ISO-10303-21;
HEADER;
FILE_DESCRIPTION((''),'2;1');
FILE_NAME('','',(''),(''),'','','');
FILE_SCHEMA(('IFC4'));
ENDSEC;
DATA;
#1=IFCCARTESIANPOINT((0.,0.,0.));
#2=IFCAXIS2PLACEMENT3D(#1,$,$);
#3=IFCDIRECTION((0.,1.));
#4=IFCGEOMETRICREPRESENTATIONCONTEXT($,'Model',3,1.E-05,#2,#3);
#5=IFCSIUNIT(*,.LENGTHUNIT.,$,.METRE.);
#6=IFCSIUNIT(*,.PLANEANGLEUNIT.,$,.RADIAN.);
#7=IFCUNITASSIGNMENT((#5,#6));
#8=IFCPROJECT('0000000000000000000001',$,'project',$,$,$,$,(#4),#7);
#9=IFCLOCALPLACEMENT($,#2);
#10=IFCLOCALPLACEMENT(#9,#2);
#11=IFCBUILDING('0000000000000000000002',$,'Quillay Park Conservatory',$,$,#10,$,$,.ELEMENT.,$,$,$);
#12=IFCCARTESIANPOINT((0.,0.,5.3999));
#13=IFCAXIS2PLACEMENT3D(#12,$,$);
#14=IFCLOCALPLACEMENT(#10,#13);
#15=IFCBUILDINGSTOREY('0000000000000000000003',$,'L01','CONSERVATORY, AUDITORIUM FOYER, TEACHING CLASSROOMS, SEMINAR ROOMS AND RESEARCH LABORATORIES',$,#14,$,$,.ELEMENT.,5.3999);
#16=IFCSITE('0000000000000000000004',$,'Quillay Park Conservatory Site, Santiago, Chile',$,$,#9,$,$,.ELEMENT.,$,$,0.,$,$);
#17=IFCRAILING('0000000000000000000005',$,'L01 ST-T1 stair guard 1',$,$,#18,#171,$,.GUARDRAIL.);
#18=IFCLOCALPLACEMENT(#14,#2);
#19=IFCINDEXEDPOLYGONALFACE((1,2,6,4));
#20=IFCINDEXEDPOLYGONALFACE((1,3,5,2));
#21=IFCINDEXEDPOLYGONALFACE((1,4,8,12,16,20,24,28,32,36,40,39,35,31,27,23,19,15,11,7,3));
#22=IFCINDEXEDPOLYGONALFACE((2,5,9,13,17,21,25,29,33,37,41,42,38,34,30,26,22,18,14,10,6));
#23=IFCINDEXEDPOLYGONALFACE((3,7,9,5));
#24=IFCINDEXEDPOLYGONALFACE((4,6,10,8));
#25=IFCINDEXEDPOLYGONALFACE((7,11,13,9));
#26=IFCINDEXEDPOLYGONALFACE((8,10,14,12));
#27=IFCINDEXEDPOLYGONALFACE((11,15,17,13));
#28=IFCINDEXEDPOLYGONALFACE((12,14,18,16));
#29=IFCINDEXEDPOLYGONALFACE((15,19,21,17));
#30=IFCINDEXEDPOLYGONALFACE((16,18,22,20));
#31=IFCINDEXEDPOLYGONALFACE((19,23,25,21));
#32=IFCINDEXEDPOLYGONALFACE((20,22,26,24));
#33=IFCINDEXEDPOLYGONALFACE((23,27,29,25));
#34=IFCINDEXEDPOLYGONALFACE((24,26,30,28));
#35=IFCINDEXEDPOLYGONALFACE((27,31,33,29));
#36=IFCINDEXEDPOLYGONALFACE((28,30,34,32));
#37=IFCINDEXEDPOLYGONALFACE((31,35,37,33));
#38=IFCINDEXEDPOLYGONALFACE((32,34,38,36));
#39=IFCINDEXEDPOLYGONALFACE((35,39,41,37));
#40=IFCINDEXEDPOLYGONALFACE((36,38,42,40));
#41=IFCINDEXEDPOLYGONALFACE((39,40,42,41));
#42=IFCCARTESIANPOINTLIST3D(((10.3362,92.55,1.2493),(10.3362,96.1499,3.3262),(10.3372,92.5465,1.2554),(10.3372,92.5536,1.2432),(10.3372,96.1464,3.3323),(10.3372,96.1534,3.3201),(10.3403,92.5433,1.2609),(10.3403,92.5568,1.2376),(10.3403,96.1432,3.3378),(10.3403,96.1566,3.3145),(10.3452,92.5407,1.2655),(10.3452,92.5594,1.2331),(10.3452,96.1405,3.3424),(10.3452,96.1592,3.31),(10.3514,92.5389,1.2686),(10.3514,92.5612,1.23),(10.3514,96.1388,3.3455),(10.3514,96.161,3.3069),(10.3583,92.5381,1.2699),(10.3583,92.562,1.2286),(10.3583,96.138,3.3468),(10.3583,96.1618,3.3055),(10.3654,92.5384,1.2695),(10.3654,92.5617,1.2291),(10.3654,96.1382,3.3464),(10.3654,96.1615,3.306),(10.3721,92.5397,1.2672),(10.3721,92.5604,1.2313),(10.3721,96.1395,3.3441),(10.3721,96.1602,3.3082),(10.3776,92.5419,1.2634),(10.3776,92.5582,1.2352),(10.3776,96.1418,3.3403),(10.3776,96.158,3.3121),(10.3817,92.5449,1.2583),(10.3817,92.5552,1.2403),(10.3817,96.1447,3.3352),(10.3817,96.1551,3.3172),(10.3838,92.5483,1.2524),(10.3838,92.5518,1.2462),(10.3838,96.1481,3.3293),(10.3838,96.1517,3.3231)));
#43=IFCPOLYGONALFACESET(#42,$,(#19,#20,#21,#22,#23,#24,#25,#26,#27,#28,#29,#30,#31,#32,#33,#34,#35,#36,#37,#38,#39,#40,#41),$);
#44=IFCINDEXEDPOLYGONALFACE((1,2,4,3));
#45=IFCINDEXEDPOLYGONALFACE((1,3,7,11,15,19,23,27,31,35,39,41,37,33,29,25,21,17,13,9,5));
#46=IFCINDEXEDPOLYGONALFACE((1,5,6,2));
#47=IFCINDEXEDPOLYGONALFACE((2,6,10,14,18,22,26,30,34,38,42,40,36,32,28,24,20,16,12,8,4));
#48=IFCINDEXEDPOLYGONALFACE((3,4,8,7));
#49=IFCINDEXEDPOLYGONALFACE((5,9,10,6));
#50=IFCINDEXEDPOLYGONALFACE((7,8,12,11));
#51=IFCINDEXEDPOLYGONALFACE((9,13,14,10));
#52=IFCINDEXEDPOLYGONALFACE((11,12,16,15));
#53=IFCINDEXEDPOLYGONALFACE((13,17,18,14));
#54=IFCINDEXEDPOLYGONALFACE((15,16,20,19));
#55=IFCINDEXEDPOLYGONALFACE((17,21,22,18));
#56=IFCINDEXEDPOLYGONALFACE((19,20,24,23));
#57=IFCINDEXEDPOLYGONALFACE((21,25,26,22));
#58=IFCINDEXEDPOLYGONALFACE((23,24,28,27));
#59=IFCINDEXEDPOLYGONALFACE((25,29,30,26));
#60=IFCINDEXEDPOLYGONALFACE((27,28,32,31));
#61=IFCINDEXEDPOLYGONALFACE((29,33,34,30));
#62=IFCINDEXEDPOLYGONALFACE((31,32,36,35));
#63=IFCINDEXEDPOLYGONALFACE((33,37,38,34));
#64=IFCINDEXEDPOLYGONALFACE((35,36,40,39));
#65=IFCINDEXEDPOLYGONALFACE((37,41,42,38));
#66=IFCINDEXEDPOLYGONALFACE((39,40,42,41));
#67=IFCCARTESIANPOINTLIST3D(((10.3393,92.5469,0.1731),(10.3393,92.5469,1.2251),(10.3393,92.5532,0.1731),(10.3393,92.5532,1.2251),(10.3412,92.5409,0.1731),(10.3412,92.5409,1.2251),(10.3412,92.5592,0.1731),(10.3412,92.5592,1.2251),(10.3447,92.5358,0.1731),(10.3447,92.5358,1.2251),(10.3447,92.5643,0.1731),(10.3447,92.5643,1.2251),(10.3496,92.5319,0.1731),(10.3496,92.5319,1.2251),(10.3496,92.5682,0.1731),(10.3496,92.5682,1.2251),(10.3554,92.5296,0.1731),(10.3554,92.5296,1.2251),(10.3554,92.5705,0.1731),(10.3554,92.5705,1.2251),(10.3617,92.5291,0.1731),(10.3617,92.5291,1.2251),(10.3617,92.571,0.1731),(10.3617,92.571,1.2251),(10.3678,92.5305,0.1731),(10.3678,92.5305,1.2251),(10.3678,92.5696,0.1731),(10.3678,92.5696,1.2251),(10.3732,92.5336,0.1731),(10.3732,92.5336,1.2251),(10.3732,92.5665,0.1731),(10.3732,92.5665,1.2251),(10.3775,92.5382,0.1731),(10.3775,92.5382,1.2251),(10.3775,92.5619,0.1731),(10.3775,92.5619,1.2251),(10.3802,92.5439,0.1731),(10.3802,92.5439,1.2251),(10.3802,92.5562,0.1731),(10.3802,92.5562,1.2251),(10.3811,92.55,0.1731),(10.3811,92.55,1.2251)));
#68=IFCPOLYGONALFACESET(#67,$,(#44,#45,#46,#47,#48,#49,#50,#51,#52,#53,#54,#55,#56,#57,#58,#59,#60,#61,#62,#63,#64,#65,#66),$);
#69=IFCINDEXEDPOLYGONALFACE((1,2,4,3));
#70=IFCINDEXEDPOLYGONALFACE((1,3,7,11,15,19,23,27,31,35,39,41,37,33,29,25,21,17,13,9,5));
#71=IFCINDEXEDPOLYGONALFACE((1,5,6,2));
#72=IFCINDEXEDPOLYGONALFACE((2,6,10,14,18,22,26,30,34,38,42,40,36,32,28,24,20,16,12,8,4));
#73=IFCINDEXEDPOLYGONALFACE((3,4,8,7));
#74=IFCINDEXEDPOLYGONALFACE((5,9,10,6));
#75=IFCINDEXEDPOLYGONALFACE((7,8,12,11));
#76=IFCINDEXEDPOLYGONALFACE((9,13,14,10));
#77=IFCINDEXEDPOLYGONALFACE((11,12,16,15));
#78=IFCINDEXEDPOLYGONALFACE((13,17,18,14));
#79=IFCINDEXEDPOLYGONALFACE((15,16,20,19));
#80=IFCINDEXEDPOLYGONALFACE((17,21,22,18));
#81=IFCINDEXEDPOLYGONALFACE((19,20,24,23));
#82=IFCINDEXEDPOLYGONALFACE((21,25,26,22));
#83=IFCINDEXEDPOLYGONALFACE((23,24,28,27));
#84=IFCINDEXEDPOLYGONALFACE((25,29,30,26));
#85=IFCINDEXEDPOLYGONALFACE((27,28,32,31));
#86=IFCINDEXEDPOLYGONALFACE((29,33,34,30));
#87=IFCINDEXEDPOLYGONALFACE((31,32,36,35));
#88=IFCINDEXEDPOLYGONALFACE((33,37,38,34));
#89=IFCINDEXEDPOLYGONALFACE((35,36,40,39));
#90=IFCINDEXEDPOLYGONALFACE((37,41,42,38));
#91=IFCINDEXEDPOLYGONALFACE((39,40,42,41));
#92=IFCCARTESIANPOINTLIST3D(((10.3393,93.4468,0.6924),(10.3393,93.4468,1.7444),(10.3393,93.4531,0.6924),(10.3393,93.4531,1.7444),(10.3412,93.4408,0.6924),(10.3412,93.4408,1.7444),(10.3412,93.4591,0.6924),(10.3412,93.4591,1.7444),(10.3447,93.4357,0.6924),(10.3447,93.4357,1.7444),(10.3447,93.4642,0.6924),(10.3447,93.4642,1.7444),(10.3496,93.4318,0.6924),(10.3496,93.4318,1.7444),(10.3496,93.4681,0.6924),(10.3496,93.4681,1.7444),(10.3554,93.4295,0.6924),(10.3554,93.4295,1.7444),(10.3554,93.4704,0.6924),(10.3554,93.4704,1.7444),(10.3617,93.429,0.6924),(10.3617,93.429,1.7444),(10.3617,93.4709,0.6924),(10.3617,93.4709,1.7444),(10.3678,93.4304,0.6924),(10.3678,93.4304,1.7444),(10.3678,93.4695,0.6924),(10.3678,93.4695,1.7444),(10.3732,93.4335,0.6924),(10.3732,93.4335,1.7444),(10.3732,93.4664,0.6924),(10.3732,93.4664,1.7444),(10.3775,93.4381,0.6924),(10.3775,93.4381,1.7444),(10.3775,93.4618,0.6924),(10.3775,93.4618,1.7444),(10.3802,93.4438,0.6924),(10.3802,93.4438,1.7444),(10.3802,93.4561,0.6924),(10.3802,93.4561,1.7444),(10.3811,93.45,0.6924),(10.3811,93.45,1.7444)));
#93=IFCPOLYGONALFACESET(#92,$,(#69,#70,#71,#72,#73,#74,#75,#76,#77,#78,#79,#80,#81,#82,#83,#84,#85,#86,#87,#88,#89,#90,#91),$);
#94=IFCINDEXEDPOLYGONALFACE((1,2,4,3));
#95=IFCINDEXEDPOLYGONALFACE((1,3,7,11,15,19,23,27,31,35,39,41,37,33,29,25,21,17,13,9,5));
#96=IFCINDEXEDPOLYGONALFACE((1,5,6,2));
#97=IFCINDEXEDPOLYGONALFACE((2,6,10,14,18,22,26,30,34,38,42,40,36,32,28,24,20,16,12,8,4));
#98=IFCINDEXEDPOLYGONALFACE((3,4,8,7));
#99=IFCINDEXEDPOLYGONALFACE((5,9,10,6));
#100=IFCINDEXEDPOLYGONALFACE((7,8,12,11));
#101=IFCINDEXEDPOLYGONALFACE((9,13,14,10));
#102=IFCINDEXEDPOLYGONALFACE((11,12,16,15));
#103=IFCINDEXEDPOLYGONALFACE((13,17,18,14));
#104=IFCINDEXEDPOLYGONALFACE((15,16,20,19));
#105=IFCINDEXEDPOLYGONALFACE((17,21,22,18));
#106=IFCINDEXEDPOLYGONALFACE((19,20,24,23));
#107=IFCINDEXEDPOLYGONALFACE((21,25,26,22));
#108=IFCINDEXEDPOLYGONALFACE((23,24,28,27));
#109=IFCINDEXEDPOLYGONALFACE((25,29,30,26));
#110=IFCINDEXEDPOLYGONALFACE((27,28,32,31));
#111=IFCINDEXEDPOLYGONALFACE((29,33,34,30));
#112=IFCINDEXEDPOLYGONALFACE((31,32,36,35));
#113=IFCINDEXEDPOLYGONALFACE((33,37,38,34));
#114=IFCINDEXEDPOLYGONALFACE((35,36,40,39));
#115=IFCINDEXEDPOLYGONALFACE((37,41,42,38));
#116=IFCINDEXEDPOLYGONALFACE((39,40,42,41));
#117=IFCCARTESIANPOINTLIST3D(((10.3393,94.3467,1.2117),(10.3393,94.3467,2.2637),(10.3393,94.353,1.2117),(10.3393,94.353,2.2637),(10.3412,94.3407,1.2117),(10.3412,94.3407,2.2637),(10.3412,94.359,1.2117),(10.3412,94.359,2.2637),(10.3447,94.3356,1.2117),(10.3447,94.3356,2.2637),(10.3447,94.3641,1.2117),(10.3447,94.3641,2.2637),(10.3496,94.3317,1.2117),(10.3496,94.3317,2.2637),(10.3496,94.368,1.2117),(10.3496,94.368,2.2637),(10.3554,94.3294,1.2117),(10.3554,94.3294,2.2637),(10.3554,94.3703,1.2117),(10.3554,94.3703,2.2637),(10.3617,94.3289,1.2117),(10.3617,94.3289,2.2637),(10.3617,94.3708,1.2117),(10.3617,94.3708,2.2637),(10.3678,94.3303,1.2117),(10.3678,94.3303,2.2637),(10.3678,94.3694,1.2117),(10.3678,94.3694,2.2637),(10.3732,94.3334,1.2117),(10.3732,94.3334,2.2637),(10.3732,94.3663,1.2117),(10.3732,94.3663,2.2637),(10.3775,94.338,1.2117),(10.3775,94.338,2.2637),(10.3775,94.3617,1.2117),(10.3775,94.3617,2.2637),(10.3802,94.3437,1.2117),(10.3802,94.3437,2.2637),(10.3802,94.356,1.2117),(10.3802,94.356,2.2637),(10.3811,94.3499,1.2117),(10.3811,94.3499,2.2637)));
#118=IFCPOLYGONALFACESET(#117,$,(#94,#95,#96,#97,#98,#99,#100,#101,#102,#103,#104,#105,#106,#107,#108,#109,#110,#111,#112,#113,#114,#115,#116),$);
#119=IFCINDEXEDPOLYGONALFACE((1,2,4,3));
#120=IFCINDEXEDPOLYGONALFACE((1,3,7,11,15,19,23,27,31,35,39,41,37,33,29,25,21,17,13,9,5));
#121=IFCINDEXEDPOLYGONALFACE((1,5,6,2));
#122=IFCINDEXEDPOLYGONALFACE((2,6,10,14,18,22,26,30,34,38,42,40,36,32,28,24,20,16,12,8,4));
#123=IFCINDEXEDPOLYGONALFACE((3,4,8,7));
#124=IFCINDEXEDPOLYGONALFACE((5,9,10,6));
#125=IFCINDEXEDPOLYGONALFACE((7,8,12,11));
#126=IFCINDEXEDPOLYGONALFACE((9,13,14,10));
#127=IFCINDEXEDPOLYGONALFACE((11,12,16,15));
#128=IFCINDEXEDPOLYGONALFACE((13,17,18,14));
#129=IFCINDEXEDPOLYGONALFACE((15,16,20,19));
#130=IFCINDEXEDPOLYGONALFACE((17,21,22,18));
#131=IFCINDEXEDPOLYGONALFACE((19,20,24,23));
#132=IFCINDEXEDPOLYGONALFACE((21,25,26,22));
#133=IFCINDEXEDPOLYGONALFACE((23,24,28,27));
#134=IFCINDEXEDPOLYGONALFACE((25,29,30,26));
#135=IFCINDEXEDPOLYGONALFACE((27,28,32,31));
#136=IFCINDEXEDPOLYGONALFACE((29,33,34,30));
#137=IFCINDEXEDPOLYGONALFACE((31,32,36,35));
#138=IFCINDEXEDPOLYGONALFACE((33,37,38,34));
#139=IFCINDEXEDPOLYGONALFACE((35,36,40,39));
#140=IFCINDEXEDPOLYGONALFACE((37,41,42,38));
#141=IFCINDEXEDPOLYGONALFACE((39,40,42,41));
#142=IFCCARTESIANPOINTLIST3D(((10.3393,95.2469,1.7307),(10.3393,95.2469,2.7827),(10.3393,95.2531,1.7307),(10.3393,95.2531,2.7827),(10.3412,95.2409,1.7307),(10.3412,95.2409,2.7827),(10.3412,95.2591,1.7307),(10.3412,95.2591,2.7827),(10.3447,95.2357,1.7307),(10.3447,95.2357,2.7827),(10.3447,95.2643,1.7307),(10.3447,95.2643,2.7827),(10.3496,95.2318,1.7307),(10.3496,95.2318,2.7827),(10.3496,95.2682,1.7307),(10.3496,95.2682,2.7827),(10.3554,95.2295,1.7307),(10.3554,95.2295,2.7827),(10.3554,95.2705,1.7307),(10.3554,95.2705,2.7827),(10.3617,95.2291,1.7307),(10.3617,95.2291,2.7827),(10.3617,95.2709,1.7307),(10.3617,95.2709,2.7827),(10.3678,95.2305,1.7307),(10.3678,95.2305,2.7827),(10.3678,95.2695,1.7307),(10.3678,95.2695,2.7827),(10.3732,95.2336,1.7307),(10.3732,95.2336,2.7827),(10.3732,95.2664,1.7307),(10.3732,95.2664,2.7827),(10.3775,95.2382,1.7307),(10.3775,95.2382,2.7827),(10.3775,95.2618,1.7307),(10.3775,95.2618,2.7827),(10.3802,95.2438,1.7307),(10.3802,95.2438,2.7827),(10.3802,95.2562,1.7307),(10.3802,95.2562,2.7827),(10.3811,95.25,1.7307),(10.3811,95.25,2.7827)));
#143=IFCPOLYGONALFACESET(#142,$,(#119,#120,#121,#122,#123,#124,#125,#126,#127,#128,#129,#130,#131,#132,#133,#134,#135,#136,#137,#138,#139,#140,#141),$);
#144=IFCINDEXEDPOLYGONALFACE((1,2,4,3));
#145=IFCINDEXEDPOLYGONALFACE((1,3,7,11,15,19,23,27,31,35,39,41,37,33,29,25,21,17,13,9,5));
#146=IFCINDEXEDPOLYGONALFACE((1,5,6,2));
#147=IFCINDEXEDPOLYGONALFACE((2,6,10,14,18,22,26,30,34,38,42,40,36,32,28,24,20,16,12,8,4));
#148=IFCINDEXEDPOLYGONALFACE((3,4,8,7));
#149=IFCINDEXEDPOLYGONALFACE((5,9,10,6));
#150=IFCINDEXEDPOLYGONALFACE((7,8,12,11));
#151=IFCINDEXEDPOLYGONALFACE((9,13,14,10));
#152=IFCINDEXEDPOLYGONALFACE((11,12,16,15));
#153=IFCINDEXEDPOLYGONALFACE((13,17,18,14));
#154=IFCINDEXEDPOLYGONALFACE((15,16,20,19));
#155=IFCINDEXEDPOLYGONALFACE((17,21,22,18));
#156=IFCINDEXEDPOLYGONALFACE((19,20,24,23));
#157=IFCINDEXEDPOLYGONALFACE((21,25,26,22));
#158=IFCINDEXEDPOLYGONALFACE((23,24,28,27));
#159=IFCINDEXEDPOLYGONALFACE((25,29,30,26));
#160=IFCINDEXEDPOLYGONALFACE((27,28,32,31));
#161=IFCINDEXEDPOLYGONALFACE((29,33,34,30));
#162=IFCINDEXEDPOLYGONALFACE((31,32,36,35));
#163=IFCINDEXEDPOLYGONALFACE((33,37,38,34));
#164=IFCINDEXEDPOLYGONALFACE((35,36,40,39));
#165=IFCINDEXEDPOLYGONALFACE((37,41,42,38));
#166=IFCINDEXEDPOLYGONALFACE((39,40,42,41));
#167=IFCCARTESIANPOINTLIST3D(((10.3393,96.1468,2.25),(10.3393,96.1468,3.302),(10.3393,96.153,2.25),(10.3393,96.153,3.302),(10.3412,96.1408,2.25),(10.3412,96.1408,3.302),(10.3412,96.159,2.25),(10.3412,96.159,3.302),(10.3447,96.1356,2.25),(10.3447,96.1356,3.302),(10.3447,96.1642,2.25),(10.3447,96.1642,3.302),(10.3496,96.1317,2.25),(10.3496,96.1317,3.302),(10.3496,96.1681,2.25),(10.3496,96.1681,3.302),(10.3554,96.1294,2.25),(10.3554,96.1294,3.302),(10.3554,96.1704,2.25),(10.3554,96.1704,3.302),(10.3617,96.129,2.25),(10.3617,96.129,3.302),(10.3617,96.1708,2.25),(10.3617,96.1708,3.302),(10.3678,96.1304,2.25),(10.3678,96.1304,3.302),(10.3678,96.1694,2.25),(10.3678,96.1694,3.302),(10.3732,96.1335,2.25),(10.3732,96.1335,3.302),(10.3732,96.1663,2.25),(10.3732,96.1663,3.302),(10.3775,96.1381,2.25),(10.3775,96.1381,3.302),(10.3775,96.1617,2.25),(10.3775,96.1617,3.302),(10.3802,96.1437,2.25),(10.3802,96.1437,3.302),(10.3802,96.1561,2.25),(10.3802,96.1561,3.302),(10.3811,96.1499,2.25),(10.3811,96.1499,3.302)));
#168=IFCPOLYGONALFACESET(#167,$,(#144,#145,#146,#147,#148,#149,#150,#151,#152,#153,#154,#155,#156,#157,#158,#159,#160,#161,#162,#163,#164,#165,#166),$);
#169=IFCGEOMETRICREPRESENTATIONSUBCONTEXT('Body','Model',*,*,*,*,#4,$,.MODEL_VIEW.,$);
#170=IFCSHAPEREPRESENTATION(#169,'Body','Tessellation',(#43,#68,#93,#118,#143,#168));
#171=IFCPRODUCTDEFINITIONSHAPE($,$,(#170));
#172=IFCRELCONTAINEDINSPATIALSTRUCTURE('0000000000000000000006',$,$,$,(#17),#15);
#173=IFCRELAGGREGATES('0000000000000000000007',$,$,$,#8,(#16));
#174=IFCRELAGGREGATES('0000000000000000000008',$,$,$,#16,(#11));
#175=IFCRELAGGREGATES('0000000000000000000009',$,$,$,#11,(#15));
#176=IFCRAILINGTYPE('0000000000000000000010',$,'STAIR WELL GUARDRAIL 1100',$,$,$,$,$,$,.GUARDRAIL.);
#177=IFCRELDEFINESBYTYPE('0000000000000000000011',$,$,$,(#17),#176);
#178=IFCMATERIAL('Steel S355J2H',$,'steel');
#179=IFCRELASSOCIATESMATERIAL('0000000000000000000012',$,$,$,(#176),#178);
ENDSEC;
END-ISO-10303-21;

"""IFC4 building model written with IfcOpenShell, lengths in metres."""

from ifc_helpers import new_model, si_unit, direction, frame, origin, origin_2d, place, context, subcontext, project, spatial, circle, extrude, material, type_object, element, save


model = new_model("IFC4")

# Units and contexts
model_context = context("Model", 3, precision=1e-05, world=origin(), true_north=direction((0.0, 1.0)))
body_context = subcontext(model_context, "Body", "Model", "MODEL_VIEW")
ifc_project = project(units=[si_unit("LENGTHUNIT", "METRE"), si_unit("PLANEANGLEUNIT", "RADIAN")], contexts=[model_context])

# Site, building, storey
site_placement = place(None, origin())
site = spatial("IfcSite", under=ifc_project, at=site_placement, Name="Quillay Park Conservatory Site, Santiago, Chile", CompositionType="ELEMENT", RefElevation=0.0)
building_placement = place(site_placement, origin())
building = spatial("IfcBuilding", under=site, at=building_placement, Name="Quillay Park Conservatory", CompositionType="ELEMENT")
storey_placement = place(building_placement, frame((0.0, 0.0, 5.3999)))
storey = spatial("IfcBuildingStorey", under=building, at=storey_placement, Name="L01", Description="CONSERVATORY, AUDITORIUM FOYER, TEACHING CLASSROOMS, SEMINAR ROOMS AND RESEARCH LABORATORIES", CompositionType="ELEMENT", Elevation=5.3999)

# Railing
ifc_material_1 = material(Name="Steel S355J2H", Category="steel")
railing_type_1 = type_object("IfcRailingType", Name="STAIR WELL GUARDRAIL 1100", PredefinedType="GUARDRAIL", material=ifc_material_1)
railing_1_placement = place(storey_placement, frame((10.3601, 92.55, 0.1731)))
element("IfcRailing", 1, at=railing_1_placement, inside=storey, type_object=railing_type_1, Name="L01 ST-T1 stair guard 1", PredefinedType="GUARDRAIL", context=body_context, shape_type="SweptSolid", body=[
    extrude(circle(Radius=0.0239, at=origin_2d()), frame((0.0, 0.0, 1.0762), z_axis=(0.0, 0.866179, 0.499734), x_axis=(-1.0, 0.0, 0.0)), (0.0, 0.0, 1.0), 4.156),
    extrude(circle(Radius=0.021, at=origin_2d()), origin(), (0.0, 0.0, 1.0), 1.052),
    extrude(circle(Radius=0.021, at=origin_2d()), frame((0.0, 0.8999, 0.5193)), (0.0, 0.0, 1.0), 1.052),
    extrude(circle(Radius=0.021, at=origin_2d()), frame((0.0, 1.7998, 1.0386)), (0.0, 0.0, 1.0), 1.052),
    extrude(circle(Radius=0.021, at=origin_2d()), frame((0.0, 2.7, 1.5576)), (0.0, 0.0, 1.0), 1.052),
    extrude(circle(Radius=0.021, at=origin_2d()), frame((0.0, 3.5999, 2.0769)), (0.0, 0.0, 1.0), 1.052),
])

save(model, "model.ifc")
